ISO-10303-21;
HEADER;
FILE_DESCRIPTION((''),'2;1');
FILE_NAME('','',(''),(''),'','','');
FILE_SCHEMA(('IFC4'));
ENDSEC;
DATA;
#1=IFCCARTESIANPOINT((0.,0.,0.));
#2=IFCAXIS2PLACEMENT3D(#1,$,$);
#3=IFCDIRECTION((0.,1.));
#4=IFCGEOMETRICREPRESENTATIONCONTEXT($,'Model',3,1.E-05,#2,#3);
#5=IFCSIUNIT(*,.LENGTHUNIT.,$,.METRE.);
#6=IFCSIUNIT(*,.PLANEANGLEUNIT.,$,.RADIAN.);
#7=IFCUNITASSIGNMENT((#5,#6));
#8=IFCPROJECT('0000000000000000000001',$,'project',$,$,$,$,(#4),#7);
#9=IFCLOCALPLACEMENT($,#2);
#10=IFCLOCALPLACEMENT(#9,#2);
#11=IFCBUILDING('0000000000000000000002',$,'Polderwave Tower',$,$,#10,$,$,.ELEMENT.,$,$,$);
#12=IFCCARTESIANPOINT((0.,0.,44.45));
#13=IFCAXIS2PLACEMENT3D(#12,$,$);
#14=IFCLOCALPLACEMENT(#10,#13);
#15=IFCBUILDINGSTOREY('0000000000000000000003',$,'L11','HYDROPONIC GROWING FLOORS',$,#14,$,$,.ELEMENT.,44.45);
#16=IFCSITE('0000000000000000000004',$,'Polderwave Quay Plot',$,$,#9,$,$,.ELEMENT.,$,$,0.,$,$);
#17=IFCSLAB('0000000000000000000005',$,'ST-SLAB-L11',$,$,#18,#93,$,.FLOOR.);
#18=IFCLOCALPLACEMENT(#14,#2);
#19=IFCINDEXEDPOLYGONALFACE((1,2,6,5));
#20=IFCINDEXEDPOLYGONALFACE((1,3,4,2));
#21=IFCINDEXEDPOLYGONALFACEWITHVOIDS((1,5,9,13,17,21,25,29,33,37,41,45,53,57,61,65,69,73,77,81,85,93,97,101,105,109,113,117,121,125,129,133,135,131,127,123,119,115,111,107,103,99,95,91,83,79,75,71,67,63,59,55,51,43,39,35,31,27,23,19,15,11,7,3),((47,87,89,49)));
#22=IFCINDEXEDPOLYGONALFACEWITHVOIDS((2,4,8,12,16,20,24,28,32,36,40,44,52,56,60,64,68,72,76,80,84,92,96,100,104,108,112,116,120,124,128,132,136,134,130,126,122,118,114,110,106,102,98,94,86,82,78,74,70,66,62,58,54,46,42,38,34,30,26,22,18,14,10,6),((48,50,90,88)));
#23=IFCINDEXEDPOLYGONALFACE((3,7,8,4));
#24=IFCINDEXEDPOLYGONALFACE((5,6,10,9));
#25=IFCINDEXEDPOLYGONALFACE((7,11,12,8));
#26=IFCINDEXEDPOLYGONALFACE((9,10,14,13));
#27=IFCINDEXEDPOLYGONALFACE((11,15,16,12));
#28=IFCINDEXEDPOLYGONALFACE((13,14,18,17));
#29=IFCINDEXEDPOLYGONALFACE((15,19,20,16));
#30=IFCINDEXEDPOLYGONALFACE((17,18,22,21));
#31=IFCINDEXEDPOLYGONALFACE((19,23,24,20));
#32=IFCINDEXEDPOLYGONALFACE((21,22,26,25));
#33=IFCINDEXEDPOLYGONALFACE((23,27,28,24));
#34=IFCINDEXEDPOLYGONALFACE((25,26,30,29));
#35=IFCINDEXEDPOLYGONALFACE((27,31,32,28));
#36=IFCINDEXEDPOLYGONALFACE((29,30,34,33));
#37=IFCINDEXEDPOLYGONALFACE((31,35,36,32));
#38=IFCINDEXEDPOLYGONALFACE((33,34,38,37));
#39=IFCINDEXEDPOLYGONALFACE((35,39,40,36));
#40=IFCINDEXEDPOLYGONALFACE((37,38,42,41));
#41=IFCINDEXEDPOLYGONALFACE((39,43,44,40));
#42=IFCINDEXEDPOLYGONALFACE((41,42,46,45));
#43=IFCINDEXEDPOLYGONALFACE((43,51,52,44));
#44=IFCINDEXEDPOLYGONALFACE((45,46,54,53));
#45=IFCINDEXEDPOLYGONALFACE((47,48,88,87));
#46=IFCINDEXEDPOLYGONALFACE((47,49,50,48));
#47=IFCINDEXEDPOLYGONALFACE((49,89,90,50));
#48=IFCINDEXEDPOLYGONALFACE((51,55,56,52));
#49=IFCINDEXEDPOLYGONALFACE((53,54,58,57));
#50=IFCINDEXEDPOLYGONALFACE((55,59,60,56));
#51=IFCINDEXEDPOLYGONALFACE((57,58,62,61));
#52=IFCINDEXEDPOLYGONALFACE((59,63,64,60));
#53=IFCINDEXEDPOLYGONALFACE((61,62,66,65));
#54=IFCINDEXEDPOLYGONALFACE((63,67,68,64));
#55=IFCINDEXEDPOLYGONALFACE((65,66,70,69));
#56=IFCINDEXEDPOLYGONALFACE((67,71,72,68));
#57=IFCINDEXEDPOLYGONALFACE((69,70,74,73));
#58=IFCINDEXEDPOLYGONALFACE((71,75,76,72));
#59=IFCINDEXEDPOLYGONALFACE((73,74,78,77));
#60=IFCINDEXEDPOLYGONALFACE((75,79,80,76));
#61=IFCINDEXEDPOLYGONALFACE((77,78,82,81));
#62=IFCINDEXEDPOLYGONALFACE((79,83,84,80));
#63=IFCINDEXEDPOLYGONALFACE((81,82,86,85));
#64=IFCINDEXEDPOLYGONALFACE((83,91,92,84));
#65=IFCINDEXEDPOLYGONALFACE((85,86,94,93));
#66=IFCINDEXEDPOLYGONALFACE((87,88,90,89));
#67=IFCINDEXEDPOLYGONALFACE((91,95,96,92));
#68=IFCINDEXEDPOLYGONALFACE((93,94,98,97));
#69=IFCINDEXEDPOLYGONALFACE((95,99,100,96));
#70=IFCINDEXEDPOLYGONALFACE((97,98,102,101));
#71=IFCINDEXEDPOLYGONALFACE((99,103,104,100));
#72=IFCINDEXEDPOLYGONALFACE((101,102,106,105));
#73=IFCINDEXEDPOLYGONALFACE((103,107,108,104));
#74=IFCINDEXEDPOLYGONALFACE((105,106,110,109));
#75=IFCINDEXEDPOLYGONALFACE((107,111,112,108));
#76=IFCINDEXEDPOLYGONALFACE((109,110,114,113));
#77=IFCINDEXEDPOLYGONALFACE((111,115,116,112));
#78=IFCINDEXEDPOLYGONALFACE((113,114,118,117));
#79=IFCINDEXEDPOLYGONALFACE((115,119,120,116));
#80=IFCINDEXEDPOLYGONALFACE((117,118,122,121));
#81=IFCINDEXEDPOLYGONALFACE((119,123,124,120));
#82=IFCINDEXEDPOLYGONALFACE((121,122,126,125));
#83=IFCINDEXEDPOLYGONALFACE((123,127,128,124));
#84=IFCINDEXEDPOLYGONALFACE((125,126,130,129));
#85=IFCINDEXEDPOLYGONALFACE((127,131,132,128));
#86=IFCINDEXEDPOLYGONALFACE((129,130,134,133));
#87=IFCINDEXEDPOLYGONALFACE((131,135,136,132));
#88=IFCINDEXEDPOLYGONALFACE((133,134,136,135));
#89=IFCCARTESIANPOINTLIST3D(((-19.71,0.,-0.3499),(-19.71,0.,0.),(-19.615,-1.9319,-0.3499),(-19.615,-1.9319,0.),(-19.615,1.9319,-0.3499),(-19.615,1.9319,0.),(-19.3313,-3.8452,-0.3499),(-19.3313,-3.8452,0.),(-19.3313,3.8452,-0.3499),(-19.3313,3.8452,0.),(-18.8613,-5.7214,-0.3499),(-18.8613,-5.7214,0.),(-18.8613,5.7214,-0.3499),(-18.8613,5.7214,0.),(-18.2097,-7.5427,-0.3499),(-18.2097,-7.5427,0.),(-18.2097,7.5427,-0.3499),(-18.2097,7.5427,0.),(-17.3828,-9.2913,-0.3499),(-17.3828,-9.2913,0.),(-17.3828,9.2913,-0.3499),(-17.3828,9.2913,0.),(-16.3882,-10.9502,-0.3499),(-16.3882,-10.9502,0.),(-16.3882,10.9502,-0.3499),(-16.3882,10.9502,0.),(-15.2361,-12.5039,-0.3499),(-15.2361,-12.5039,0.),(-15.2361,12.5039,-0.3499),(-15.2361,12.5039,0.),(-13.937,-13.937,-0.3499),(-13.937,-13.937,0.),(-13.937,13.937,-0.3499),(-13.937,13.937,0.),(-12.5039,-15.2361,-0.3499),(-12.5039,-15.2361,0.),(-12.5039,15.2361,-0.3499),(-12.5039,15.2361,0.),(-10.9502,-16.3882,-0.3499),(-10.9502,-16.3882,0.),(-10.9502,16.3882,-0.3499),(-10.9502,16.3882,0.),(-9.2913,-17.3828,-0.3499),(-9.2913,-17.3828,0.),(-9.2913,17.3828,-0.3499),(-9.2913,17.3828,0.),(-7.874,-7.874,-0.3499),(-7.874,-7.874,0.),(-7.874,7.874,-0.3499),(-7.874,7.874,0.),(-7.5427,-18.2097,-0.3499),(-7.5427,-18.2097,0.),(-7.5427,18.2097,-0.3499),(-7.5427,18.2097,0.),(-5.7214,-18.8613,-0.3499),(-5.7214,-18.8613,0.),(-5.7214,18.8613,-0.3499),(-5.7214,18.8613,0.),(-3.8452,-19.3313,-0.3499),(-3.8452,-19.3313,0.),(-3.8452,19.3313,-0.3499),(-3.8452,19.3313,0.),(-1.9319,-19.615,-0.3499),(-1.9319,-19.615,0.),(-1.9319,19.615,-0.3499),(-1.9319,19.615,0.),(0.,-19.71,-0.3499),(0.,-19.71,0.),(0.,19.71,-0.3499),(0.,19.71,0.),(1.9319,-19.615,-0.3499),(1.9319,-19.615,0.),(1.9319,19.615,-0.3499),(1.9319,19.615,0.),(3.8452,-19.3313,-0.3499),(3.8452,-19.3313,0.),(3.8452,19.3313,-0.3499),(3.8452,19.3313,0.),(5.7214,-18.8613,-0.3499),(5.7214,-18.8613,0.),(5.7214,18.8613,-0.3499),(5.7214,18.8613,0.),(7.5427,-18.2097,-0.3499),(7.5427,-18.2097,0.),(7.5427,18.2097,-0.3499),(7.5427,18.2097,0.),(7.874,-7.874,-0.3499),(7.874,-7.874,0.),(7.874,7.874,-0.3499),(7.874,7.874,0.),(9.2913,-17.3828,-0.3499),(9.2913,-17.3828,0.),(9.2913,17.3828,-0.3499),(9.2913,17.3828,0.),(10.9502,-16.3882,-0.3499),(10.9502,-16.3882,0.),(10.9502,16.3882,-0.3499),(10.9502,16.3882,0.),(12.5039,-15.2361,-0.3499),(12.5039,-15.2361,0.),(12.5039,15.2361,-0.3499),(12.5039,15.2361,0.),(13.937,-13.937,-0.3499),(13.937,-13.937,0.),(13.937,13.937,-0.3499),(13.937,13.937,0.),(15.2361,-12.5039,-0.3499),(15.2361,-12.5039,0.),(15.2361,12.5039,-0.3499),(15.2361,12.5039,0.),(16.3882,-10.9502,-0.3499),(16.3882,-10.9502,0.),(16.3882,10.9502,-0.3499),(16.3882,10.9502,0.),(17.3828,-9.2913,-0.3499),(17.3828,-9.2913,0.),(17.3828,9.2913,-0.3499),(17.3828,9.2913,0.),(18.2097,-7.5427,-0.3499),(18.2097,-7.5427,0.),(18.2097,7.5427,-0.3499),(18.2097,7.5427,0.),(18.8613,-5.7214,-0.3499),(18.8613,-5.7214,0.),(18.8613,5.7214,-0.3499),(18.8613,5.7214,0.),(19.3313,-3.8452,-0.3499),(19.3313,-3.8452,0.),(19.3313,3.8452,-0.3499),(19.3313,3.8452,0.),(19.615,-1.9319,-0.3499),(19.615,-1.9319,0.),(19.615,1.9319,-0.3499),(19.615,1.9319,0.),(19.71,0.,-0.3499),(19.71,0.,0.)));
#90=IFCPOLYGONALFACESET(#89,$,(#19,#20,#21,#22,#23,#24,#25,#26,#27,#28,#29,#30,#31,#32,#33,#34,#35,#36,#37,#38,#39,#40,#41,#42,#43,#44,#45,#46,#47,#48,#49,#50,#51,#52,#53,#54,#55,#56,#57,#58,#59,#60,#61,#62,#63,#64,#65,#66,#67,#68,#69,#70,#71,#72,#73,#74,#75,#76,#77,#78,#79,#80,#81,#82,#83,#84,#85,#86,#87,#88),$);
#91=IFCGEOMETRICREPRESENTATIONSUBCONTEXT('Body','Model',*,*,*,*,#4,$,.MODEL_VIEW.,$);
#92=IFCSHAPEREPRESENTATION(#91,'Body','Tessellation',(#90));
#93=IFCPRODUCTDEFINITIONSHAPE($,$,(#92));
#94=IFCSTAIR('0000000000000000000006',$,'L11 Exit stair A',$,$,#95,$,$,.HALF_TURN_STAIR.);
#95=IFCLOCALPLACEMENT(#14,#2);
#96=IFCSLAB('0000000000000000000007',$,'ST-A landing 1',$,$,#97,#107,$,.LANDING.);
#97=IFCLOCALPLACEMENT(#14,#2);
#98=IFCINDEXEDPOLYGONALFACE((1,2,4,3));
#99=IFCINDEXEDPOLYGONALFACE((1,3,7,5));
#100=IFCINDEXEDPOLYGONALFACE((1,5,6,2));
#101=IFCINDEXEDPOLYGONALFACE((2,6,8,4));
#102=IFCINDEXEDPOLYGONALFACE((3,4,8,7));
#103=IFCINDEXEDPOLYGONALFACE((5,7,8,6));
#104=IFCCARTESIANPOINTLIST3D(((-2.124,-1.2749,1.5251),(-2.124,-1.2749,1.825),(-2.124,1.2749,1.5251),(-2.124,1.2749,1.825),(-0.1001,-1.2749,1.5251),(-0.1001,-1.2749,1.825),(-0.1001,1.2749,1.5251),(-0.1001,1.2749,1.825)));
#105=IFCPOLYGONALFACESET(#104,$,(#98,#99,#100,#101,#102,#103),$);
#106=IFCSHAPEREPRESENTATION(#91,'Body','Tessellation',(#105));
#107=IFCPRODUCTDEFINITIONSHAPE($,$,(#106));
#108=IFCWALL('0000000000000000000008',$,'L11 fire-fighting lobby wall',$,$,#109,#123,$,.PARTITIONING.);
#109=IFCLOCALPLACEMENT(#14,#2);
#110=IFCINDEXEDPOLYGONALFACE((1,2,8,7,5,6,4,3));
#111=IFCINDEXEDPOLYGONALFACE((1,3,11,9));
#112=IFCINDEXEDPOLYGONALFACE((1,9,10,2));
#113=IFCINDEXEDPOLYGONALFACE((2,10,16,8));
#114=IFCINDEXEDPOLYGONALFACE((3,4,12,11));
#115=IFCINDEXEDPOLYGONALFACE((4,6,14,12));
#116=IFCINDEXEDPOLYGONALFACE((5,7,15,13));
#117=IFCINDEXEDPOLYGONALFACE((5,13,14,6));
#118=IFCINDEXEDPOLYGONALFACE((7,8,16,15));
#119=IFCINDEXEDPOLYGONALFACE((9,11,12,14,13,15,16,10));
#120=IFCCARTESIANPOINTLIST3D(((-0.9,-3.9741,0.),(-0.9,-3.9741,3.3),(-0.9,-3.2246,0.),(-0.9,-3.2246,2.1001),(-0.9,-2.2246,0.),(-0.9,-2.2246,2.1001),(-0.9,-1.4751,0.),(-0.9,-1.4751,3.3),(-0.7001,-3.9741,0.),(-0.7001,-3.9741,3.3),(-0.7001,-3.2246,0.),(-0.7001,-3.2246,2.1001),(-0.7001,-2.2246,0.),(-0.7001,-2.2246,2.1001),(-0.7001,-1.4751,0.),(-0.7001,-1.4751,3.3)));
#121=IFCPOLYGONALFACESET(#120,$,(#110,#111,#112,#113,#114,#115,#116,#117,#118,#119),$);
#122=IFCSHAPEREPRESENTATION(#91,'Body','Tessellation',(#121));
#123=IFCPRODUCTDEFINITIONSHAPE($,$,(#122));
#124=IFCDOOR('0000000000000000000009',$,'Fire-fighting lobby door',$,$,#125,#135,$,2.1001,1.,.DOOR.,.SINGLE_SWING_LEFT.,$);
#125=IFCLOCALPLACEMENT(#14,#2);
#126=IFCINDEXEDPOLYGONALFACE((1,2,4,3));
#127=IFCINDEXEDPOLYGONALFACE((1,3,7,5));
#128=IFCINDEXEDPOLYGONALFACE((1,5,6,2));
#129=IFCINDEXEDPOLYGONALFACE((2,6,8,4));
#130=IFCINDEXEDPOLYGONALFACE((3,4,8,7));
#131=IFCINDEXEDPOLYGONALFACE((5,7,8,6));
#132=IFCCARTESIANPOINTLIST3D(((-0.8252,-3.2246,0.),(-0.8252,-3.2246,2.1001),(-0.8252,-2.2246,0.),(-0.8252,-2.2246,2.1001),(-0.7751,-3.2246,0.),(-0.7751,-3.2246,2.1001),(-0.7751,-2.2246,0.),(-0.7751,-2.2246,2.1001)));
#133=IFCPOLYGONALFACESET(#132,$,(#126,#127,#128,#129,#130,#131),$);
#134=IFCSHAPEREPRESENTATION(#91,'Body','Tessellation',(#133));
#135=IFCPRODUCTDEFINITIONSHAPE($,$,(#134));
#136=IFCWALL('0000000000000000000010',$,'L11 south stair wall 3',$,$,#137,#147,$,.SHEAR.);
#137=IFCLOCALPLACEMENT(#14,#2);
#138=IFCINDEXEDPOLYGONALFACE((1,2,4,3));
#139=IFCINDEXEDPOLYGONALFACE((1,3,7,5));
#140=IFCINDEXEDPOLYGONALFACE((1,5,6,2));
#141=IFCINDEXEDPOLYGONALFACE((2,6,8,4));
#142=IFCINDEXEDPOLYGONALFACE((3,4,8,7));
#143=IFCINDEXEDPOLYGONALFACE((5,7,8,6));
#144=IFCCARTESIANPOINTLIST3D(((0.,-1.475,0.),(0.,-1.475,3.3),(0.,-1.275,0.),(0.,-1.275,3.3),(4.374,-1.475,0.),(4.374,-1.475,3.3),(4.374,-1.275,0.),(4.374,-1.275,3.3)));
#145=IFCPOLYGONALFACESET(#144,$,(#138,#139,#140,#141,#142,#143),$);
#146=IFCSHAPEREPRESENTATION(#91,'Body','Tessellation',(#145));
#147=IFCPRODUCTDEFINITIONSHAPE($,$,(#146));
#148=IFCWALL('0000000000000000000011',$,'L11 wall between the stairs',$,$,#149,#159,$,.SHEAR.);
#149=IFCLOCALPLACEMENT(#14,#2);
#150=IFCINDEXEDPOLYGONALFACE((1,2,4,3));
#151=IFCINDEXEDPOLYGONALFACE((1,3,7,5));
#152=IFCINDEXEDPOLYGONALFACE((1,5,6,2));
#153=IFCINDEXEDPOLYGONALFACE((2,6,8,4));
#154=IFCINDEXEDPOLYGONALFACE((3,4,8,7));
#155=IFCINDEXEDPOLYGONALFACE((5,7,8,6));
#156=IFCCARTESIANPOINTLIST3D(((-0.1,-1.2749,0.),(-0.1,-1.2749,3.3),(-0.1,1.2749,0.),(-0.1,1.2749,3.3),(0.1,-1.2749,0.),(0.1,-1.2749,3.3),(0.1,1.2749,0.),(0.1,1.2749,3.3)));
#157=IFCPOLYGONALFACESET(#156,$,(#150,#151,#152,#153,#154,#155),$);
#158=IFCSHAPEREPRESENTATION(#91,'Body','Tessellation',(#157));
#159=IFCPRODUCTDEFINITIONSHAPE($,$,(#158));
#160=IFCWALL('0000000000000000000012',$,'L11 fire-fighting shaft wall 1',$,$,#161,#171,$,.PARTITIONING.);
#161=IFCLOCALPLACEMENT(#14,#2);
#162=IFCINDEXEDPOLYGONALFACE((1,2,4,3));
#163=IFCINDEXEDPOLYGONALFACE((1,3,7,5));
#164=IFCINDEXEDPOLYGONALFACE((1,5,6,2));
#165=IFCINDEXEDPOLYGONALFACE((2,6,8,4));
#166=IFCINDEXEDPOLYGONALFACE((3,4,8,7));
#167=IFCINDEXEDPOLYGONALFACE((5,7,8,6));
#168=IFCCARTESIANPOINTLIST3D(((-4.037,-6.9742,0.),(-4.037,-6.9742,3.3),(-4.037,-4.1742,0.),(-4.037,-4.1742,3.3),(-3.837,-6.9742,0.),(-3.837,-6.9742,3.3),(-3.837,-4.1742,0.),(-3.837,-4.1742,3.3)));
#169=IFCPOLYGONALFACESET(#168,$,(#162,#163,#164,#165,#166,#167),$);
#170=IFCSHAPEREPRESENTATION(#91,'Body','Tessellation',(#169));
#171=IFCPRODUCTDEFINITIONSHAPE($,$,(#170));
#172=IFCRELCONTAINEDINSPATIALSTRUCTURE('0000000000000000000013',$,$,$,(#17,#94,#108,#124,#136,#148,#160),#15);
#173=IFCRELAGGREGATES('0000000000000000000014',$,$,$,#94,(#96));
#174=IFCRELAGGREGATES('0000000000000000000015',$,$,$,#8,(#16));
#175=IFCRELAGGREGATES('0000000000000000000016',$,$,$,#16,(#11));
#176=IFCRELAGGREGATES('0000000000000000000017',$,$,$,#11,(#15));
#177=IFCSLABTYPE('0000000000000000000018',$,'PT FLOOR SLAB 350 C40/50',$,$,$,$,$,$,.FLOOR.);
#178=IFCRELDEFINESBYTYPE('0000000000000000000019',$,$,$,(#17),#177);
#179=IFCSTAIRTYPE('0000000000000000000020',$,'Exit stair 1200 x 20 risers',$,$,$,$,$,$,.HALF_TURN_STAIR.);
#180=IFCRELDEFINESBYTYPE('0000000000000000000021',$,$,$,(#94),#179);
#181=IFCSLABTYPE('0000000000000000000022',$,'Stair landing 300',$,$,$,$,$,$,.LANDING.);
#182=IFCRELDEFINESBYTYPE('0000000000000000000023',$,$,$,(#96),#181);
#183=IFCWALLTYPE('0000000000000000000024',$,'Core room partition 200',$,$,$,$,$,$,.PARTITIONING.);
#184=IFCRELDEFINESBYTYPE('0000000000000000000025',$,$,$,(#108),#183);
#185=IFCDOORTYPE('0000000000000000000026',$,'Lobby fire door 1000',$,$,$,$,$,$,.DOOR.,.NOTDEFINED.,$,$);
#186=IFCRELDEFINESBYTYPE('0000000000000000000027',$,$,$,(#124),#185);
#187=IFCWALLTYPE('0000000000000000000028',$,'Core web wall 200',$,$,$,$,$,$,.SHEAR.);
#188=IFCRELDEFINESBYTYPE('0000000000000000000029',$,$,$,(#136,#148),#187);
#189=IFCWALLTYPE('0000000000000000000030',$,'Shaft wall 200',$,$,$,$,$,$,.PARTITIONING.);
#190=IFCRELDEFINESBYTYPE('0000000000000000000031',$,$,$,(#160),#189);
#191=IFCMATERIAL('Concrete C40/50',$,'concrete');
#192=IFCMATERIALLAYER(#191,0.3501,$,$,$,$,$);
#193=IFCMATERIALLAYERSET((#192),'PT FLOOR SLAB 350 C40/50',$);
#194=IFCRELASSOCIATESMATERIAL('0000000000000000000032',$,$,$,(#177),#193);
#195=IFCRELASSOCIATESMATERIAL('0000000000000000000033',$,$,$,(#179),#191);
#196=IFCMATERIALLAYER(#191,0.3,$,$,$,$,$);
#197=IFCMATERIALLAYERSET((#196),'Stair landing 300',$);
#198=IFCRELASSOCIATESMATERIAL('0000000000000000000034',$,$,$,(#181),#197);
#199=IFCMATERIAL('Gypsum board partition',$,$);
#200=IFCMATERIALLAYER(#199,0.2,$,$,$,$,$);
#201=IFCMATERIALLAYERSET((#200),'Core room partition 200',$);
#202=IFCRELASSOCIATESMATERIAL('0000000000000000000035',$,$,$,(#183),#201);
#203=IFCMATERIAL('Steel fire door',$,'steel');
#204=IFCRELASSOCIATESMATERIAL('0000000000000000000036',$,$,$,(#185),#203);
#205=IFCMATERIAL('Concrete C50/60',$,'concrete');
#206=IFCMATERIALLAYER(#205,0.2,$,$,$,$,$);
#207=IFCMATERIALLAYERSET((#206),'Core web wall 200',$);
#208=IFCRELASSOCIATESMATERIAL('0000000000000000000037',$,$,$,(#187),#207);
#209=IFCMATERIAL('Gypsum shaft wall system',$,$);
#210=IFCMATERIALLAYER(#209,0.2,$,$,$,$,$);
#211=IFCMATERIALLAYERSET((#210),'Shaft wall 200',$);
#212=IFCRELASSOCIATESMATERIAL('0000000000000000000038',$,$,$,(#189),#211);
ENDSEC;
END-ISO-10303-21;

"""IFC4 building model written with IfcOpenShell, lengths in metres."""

from ifc_helpers import new_model, si_unit, direction, frame, frame_2d, origin, place, context, subcontext, project, spatial, polyline, rectangle, outline, extrude, material, layer, layer_set, type_object, element, fill, aggregate, save


model = new_model("IFC4")

# Units and contexts
model_context = context("Model", 3, precision=1e-05, world=origin(), true_north=direction((0.0, 1.0)))
body_context = subcontext(model_context, "Body", "Model", "MODEL_VIEW")
ifc_project = project(units=[si_unit("LENGTHUNIT", "METRE"), si_unit("PLANEANGLEUNIT", "RADIAN")], contexts=[model_context])

# Site, building, storey
site_placement = place(None, origin())
site = spatial("IfcSite", under=ifc_project, at=site_placement, Name="Polderwave Quay Plot", CompositionType="ELEMENT", RefElevation=0.0)
building_placement = place(site_placement, origin())
building = spatial("IfcBuilding", under=site, at=building_placement, Name="Polderwave Tower", CompositionType="ELEMENT")
storey_placement = place(building_placement, frame((0.0, 0.0, 44.45)))
storey = spatial("IfcBuildingStorey", under=building, at=storey_placement, Name="L11", Description="HYDROPONIC GROWING FLOORS", CompositionType="ELEMENT", Elevation=44.45)

# Slab
ifc_material_1 = material(Name="Concrete C40/50", Category="concrete")
ifc_layer_1 = layer(ifc_material_1, 0.3501)
ifc_layer_set_1 = layer_set([ifc_layer_1], Name="PT FLOOR SLAB 350 C40/50")
slab_type_1 = type_object("IfcSlabType", Name="PT FLOOR SLAB 350 C40/50", PredefinedType="FLOOR", material=ifc_layer_set_1)
slab_1_placement = place(storey_placement, frame((0.0, 0.0, -0.3499)))
element("IfcSlab", 1, at=slab_1_placement, inside=storey, type_object=slab_type_1, Name="ST-SLAB-L11", PredefinedType="FLOOR", context=body_context, shape_type="SweptSolid", body=[
    extrude(outline(polyline([(19.71, 0.0), (19.615, 1.9319), (19.3313, 3.8452), (18.8613, 5.7214), (18.2097, 7.5427), (17.3828, 9.2913), (16.3882, 10.9502), (15.2361, 12.5039), (13.937, 13.937), (12.5039, 15.2361), (10.9502, 16.3882), (9.2913, 17.3828), (7.5427, 18.2097), (5.7214, 18.8613), (3.8452, 19.3313), (1.9319, 19.615), (0.0, 19.71), (-1.9319, 19.615), (-3.8452, 19.3313), (-5.7214, 18.8613), (-7.5427, 18.2097), (-9.2913, 17.3828), (-10.9502, 16.3882), (-12.5039, 15.2361), (-13.937, 13.937), (-15.2361, 12.5039), (-16.3882, 10.9502), (-17.3828, 9.2913), (-18.2097, 7.5427), (-18.8613, 5.7214), (-19.3313, 3.8452), (-19.615, 1.9319), (-19.71, 0.0), (-19.615, -1.9319), (-19.3313, -3.8452), (-18.8613, -5.7214), (-18.2097, -7.5427), (-17.3828, -9.2913), (-16.3882, -10.9502), (-15.2361, -12.5039), (-13.937, -13.937), (-12.5039, -15.2361), (-10.9502, -16.3882), (-9.2913, -17.3828), (-7.5427, -18.2097), (-5.7214, -18.8613), (-3.8452, -19.3313), (-1.9319, -19.615), (0.0, -19.71), (1.9319, -19.615), (3.8452, -19.3313), (5.7214, -18.8613), (7.5427, -18.2097), (9.2913, -17.3828), (10.9502, -16.3882), (12.5039, -15.2361), (13.937, -13.937), (15.2361, -12.5039), (16.3882, -10.9502), (17.3828, -9.2913), (18.2097, -7.5427), (18.8613, -5.7214), (19.3313, -3.8452), (19.615, -1.9319), (19.71, 0.0)]), holes=[polyline([(-7.874, -7.874), (7.874, -7.874), (7.874, 7.874), (-7.874, 7.874), (-7.874, -7.874)])]), origin(), (0.0, 0.0, 1.0), 0.3499),
])

# Stair, slab
stair_type = type_object("IfcStairType", Name="Exit stair 1200 x 20 risers", PredefinedType="HALF_TURN_STAIR", material=ifc_material_1)
stair_placement = place(storey_placement, origin())
stair = element("IfcStair", 2, at=stair_placement, inside=storey, type_object=stair_type, Name="L11 Exit stair A", PredefinedType="HALF_TURN_STAIR")
ifc_layer_2 = layer(ifc_material_1, 0.3)
ifc_layer_set_2 = layer_set([ifc_layer_2], Name="Stair landing 300")
slab_type_2 = type_object("IfcSlabType", Name="Stair landing 300", PredefinedType="LANDING", material=ifc_layer_set_2)
slab_2_placement = place(storey_placement, frame((0.0, 0.0, 1.5251)))
slab_2 = element("IfcSlab", 3, at=slab_2_placement, type_object=slab_type_2, Name="ST-A landing 1", PredefinedType="LANDING", context=body_context, shape_type="SweptSolid", body=[
    extrude(outline(polyline([(-2.124, -1.2749), (-0.1001, -1.2749), (-0.1001, 1.2749), (-2.124, 1.2749), (-2.124, -1.2749)])), origin(), (0.0, 0.0, 1.0), 0.2998),
])

# Wall, opening, door
ifc_material_2 = material(Name="Gypsum board partition")
ifc_layer_3 = layer(ifc_material_2, 0.2)
ifc_layer_set_3 = layer_set([ifc_layer_3], Name="Core room partition 200")
wall_type_1 = type_object("IfcWallType", Name="Core room partition 200", PredefinedType="PARTITIONING", material=ifc_layer_set_3)
wall_1_placement = place(storey_placement, frame((-0.8, -3.9741, 0.0), z_axis=(0.0, 0.0, 1.0), x_axis=(0.0, 1.0, 0.0)))
wall_1 = element("IfcWall", 4, at=wall_1_placement, inside=storey, type_object=wall_type_1, Name="L11 fire-fighting lobby wall", PredefinedType="PARTITIONING", context=body_context, shape_type="SweptSolid", body=[
    extrude(rectangle(XDim=2.499, YDim=0.2, at=frame_2d((1.2495, 0.0))), origin(), (0.0, 0.0, 1.0), 3.3),
])
opening_placement = place(wall_1_placement, frame((0.7495, 0.0, 0.0)))
opening = element("IfcOpeningElement", 5, at=opening_placement, cuts=wall_1, PredefinedType="OPENING", context=body_context, shape_type="SweptSolid", body=[
    extrude(rectangle(XDim=1.0, YDim=2.1001, at=frame_2d((0.5, 1.05))), frame((0.0, 0.1099, 0.0), z_axis=(0.0, -1.0, 0.0), x_axis=(1.0, 0.0, 0.0)), (0.0, 0.0, 1.0), 0.22),
])
ifc_material_3 = material(Name="Steel fire door", Category="steel")
door_type = type_object("IfcDoorType", Name="Lobby fire door 1000", OperationType="NOTDEFINED", PredefinedType="DOOR", material=ifc_material_3)
door_placement = place(opening_placement, frame((1.0, 0.0, 0.0), z_axis=(0.0, 0.0, 1.0), x_axis=(-1.0, 0.0, 0.0)))
door = element("IfcDoor", 6, at=door_placement, inside=storey, type_object=door_type, Name="Fire-fighting lobby door", OperationType="SINGLE_SWING_LEFT", OverallHeight=2.1001, OverallWidth=1.0, PredefinedType="DOOR", context=body_context, shape_type="SweptSolid", body=[
    extrude(rectangle(XDim=1.0, YDim=2.1001, at=frame_2d((0.5, 1.05))), frame((0.0, 0.0249, 0.0), z_axis=(0.0, -1.0, 0.0), x_axis=(1.0, 0.0, 0.0)), (0.0, 0.0, 1.0), 0.05),
])
fill(opening, door)

# Walls
ifc_material_4 = material(Name="Concrete C50/60", Category="concrete")
ifc_layer_4 = layer(ifc_material_4, 0.2)
ifc_layer_set_4 = layer_set([ifc_layer_4], Name="Core web wall 200")
wall_type_2 = type_object("IfcWallType", Name="Core web wall 200", PredefinedType="SHEAR", material=ifc_layer_set_4)
wall_2_placement = place(storey_placement, frame((0.0, -1.375, 0.0), z_axis=(0.0, 0.0, 1.0), x_axis=(1.0, 0.0, 0.0)))
element("IfcWall", 7, at=wall_2_placement, inside=storey, type_object=wall_type_2, Name="L11 south stair wall 3", PredefinedType="SHEAR", context=body_context, shape_type="SweptSolid", body=[
    extrude(rectangle(XDim=4.374, YDim=0.2, at=frame_2d((2.187, 0.0))), origin(), (0.0, 0.0, 1.0), 3.3),
])
wall_3_placement = place(storey_placement, frame((0.0, -1.2749, 0.0), z_axis=(0.0, 0.0, 1.0), x_axis=(0.0, 1.0, 0.0)))
element("IfcWall", 8, at=wall_3_placement, inside=storey, type_object=wall_type_2, Name="L11 wall between the stairs", PredefinedType="SHEAR", context=body_context, shape_type="SweptSolid", body=[
    extrude(rectangle(XDim=2.5498, YDim=0.2, at=frame_2d((1.2749, 0.0))), origin(), (0.0, 0.0, 1.0), 3.3),
])
ifc_material_5 = material(Name="Gypsum shaft wall system")
ifc_layer_5 = layer(ifc_material_5, 0.2)
ifc_layer_set_5 = layer_set([ifc_layer_5], Name="Shaft wall 200")
wall_type_3 = type_object("IfcWallType", Name="Shaft wall 200", PredefinedType="PARTITIONING", material=ifc_layer_set_5)
for number, where, z_axis, x_axis, name in (
    (9, (-3.937, -6.9741, 0.0), (0.0, 0.0, 1.0), (0.0, 1.0, 0.0), "L11 fire-fighting shaft wall 1"),
):
    element("IfcWall", number, at=place(storey_placement, frame(where, z_axis=z_axis, x_axis=x_axis)), inside=storey, type_object=wall_type_3, Name=name, PredefinedType="PARTITIONING", context=body_context, shape_type="SweptSolid", body=[
        extrude(rectangle(XDim=2.8, YDim=0.2, at=frame_2d((1.3999, 0.0))), origin(), (0.0, 0.0, 1.0), 3.3),
    ])

aggregate(stair, [slab_2])

save(model, "model.ifc")
